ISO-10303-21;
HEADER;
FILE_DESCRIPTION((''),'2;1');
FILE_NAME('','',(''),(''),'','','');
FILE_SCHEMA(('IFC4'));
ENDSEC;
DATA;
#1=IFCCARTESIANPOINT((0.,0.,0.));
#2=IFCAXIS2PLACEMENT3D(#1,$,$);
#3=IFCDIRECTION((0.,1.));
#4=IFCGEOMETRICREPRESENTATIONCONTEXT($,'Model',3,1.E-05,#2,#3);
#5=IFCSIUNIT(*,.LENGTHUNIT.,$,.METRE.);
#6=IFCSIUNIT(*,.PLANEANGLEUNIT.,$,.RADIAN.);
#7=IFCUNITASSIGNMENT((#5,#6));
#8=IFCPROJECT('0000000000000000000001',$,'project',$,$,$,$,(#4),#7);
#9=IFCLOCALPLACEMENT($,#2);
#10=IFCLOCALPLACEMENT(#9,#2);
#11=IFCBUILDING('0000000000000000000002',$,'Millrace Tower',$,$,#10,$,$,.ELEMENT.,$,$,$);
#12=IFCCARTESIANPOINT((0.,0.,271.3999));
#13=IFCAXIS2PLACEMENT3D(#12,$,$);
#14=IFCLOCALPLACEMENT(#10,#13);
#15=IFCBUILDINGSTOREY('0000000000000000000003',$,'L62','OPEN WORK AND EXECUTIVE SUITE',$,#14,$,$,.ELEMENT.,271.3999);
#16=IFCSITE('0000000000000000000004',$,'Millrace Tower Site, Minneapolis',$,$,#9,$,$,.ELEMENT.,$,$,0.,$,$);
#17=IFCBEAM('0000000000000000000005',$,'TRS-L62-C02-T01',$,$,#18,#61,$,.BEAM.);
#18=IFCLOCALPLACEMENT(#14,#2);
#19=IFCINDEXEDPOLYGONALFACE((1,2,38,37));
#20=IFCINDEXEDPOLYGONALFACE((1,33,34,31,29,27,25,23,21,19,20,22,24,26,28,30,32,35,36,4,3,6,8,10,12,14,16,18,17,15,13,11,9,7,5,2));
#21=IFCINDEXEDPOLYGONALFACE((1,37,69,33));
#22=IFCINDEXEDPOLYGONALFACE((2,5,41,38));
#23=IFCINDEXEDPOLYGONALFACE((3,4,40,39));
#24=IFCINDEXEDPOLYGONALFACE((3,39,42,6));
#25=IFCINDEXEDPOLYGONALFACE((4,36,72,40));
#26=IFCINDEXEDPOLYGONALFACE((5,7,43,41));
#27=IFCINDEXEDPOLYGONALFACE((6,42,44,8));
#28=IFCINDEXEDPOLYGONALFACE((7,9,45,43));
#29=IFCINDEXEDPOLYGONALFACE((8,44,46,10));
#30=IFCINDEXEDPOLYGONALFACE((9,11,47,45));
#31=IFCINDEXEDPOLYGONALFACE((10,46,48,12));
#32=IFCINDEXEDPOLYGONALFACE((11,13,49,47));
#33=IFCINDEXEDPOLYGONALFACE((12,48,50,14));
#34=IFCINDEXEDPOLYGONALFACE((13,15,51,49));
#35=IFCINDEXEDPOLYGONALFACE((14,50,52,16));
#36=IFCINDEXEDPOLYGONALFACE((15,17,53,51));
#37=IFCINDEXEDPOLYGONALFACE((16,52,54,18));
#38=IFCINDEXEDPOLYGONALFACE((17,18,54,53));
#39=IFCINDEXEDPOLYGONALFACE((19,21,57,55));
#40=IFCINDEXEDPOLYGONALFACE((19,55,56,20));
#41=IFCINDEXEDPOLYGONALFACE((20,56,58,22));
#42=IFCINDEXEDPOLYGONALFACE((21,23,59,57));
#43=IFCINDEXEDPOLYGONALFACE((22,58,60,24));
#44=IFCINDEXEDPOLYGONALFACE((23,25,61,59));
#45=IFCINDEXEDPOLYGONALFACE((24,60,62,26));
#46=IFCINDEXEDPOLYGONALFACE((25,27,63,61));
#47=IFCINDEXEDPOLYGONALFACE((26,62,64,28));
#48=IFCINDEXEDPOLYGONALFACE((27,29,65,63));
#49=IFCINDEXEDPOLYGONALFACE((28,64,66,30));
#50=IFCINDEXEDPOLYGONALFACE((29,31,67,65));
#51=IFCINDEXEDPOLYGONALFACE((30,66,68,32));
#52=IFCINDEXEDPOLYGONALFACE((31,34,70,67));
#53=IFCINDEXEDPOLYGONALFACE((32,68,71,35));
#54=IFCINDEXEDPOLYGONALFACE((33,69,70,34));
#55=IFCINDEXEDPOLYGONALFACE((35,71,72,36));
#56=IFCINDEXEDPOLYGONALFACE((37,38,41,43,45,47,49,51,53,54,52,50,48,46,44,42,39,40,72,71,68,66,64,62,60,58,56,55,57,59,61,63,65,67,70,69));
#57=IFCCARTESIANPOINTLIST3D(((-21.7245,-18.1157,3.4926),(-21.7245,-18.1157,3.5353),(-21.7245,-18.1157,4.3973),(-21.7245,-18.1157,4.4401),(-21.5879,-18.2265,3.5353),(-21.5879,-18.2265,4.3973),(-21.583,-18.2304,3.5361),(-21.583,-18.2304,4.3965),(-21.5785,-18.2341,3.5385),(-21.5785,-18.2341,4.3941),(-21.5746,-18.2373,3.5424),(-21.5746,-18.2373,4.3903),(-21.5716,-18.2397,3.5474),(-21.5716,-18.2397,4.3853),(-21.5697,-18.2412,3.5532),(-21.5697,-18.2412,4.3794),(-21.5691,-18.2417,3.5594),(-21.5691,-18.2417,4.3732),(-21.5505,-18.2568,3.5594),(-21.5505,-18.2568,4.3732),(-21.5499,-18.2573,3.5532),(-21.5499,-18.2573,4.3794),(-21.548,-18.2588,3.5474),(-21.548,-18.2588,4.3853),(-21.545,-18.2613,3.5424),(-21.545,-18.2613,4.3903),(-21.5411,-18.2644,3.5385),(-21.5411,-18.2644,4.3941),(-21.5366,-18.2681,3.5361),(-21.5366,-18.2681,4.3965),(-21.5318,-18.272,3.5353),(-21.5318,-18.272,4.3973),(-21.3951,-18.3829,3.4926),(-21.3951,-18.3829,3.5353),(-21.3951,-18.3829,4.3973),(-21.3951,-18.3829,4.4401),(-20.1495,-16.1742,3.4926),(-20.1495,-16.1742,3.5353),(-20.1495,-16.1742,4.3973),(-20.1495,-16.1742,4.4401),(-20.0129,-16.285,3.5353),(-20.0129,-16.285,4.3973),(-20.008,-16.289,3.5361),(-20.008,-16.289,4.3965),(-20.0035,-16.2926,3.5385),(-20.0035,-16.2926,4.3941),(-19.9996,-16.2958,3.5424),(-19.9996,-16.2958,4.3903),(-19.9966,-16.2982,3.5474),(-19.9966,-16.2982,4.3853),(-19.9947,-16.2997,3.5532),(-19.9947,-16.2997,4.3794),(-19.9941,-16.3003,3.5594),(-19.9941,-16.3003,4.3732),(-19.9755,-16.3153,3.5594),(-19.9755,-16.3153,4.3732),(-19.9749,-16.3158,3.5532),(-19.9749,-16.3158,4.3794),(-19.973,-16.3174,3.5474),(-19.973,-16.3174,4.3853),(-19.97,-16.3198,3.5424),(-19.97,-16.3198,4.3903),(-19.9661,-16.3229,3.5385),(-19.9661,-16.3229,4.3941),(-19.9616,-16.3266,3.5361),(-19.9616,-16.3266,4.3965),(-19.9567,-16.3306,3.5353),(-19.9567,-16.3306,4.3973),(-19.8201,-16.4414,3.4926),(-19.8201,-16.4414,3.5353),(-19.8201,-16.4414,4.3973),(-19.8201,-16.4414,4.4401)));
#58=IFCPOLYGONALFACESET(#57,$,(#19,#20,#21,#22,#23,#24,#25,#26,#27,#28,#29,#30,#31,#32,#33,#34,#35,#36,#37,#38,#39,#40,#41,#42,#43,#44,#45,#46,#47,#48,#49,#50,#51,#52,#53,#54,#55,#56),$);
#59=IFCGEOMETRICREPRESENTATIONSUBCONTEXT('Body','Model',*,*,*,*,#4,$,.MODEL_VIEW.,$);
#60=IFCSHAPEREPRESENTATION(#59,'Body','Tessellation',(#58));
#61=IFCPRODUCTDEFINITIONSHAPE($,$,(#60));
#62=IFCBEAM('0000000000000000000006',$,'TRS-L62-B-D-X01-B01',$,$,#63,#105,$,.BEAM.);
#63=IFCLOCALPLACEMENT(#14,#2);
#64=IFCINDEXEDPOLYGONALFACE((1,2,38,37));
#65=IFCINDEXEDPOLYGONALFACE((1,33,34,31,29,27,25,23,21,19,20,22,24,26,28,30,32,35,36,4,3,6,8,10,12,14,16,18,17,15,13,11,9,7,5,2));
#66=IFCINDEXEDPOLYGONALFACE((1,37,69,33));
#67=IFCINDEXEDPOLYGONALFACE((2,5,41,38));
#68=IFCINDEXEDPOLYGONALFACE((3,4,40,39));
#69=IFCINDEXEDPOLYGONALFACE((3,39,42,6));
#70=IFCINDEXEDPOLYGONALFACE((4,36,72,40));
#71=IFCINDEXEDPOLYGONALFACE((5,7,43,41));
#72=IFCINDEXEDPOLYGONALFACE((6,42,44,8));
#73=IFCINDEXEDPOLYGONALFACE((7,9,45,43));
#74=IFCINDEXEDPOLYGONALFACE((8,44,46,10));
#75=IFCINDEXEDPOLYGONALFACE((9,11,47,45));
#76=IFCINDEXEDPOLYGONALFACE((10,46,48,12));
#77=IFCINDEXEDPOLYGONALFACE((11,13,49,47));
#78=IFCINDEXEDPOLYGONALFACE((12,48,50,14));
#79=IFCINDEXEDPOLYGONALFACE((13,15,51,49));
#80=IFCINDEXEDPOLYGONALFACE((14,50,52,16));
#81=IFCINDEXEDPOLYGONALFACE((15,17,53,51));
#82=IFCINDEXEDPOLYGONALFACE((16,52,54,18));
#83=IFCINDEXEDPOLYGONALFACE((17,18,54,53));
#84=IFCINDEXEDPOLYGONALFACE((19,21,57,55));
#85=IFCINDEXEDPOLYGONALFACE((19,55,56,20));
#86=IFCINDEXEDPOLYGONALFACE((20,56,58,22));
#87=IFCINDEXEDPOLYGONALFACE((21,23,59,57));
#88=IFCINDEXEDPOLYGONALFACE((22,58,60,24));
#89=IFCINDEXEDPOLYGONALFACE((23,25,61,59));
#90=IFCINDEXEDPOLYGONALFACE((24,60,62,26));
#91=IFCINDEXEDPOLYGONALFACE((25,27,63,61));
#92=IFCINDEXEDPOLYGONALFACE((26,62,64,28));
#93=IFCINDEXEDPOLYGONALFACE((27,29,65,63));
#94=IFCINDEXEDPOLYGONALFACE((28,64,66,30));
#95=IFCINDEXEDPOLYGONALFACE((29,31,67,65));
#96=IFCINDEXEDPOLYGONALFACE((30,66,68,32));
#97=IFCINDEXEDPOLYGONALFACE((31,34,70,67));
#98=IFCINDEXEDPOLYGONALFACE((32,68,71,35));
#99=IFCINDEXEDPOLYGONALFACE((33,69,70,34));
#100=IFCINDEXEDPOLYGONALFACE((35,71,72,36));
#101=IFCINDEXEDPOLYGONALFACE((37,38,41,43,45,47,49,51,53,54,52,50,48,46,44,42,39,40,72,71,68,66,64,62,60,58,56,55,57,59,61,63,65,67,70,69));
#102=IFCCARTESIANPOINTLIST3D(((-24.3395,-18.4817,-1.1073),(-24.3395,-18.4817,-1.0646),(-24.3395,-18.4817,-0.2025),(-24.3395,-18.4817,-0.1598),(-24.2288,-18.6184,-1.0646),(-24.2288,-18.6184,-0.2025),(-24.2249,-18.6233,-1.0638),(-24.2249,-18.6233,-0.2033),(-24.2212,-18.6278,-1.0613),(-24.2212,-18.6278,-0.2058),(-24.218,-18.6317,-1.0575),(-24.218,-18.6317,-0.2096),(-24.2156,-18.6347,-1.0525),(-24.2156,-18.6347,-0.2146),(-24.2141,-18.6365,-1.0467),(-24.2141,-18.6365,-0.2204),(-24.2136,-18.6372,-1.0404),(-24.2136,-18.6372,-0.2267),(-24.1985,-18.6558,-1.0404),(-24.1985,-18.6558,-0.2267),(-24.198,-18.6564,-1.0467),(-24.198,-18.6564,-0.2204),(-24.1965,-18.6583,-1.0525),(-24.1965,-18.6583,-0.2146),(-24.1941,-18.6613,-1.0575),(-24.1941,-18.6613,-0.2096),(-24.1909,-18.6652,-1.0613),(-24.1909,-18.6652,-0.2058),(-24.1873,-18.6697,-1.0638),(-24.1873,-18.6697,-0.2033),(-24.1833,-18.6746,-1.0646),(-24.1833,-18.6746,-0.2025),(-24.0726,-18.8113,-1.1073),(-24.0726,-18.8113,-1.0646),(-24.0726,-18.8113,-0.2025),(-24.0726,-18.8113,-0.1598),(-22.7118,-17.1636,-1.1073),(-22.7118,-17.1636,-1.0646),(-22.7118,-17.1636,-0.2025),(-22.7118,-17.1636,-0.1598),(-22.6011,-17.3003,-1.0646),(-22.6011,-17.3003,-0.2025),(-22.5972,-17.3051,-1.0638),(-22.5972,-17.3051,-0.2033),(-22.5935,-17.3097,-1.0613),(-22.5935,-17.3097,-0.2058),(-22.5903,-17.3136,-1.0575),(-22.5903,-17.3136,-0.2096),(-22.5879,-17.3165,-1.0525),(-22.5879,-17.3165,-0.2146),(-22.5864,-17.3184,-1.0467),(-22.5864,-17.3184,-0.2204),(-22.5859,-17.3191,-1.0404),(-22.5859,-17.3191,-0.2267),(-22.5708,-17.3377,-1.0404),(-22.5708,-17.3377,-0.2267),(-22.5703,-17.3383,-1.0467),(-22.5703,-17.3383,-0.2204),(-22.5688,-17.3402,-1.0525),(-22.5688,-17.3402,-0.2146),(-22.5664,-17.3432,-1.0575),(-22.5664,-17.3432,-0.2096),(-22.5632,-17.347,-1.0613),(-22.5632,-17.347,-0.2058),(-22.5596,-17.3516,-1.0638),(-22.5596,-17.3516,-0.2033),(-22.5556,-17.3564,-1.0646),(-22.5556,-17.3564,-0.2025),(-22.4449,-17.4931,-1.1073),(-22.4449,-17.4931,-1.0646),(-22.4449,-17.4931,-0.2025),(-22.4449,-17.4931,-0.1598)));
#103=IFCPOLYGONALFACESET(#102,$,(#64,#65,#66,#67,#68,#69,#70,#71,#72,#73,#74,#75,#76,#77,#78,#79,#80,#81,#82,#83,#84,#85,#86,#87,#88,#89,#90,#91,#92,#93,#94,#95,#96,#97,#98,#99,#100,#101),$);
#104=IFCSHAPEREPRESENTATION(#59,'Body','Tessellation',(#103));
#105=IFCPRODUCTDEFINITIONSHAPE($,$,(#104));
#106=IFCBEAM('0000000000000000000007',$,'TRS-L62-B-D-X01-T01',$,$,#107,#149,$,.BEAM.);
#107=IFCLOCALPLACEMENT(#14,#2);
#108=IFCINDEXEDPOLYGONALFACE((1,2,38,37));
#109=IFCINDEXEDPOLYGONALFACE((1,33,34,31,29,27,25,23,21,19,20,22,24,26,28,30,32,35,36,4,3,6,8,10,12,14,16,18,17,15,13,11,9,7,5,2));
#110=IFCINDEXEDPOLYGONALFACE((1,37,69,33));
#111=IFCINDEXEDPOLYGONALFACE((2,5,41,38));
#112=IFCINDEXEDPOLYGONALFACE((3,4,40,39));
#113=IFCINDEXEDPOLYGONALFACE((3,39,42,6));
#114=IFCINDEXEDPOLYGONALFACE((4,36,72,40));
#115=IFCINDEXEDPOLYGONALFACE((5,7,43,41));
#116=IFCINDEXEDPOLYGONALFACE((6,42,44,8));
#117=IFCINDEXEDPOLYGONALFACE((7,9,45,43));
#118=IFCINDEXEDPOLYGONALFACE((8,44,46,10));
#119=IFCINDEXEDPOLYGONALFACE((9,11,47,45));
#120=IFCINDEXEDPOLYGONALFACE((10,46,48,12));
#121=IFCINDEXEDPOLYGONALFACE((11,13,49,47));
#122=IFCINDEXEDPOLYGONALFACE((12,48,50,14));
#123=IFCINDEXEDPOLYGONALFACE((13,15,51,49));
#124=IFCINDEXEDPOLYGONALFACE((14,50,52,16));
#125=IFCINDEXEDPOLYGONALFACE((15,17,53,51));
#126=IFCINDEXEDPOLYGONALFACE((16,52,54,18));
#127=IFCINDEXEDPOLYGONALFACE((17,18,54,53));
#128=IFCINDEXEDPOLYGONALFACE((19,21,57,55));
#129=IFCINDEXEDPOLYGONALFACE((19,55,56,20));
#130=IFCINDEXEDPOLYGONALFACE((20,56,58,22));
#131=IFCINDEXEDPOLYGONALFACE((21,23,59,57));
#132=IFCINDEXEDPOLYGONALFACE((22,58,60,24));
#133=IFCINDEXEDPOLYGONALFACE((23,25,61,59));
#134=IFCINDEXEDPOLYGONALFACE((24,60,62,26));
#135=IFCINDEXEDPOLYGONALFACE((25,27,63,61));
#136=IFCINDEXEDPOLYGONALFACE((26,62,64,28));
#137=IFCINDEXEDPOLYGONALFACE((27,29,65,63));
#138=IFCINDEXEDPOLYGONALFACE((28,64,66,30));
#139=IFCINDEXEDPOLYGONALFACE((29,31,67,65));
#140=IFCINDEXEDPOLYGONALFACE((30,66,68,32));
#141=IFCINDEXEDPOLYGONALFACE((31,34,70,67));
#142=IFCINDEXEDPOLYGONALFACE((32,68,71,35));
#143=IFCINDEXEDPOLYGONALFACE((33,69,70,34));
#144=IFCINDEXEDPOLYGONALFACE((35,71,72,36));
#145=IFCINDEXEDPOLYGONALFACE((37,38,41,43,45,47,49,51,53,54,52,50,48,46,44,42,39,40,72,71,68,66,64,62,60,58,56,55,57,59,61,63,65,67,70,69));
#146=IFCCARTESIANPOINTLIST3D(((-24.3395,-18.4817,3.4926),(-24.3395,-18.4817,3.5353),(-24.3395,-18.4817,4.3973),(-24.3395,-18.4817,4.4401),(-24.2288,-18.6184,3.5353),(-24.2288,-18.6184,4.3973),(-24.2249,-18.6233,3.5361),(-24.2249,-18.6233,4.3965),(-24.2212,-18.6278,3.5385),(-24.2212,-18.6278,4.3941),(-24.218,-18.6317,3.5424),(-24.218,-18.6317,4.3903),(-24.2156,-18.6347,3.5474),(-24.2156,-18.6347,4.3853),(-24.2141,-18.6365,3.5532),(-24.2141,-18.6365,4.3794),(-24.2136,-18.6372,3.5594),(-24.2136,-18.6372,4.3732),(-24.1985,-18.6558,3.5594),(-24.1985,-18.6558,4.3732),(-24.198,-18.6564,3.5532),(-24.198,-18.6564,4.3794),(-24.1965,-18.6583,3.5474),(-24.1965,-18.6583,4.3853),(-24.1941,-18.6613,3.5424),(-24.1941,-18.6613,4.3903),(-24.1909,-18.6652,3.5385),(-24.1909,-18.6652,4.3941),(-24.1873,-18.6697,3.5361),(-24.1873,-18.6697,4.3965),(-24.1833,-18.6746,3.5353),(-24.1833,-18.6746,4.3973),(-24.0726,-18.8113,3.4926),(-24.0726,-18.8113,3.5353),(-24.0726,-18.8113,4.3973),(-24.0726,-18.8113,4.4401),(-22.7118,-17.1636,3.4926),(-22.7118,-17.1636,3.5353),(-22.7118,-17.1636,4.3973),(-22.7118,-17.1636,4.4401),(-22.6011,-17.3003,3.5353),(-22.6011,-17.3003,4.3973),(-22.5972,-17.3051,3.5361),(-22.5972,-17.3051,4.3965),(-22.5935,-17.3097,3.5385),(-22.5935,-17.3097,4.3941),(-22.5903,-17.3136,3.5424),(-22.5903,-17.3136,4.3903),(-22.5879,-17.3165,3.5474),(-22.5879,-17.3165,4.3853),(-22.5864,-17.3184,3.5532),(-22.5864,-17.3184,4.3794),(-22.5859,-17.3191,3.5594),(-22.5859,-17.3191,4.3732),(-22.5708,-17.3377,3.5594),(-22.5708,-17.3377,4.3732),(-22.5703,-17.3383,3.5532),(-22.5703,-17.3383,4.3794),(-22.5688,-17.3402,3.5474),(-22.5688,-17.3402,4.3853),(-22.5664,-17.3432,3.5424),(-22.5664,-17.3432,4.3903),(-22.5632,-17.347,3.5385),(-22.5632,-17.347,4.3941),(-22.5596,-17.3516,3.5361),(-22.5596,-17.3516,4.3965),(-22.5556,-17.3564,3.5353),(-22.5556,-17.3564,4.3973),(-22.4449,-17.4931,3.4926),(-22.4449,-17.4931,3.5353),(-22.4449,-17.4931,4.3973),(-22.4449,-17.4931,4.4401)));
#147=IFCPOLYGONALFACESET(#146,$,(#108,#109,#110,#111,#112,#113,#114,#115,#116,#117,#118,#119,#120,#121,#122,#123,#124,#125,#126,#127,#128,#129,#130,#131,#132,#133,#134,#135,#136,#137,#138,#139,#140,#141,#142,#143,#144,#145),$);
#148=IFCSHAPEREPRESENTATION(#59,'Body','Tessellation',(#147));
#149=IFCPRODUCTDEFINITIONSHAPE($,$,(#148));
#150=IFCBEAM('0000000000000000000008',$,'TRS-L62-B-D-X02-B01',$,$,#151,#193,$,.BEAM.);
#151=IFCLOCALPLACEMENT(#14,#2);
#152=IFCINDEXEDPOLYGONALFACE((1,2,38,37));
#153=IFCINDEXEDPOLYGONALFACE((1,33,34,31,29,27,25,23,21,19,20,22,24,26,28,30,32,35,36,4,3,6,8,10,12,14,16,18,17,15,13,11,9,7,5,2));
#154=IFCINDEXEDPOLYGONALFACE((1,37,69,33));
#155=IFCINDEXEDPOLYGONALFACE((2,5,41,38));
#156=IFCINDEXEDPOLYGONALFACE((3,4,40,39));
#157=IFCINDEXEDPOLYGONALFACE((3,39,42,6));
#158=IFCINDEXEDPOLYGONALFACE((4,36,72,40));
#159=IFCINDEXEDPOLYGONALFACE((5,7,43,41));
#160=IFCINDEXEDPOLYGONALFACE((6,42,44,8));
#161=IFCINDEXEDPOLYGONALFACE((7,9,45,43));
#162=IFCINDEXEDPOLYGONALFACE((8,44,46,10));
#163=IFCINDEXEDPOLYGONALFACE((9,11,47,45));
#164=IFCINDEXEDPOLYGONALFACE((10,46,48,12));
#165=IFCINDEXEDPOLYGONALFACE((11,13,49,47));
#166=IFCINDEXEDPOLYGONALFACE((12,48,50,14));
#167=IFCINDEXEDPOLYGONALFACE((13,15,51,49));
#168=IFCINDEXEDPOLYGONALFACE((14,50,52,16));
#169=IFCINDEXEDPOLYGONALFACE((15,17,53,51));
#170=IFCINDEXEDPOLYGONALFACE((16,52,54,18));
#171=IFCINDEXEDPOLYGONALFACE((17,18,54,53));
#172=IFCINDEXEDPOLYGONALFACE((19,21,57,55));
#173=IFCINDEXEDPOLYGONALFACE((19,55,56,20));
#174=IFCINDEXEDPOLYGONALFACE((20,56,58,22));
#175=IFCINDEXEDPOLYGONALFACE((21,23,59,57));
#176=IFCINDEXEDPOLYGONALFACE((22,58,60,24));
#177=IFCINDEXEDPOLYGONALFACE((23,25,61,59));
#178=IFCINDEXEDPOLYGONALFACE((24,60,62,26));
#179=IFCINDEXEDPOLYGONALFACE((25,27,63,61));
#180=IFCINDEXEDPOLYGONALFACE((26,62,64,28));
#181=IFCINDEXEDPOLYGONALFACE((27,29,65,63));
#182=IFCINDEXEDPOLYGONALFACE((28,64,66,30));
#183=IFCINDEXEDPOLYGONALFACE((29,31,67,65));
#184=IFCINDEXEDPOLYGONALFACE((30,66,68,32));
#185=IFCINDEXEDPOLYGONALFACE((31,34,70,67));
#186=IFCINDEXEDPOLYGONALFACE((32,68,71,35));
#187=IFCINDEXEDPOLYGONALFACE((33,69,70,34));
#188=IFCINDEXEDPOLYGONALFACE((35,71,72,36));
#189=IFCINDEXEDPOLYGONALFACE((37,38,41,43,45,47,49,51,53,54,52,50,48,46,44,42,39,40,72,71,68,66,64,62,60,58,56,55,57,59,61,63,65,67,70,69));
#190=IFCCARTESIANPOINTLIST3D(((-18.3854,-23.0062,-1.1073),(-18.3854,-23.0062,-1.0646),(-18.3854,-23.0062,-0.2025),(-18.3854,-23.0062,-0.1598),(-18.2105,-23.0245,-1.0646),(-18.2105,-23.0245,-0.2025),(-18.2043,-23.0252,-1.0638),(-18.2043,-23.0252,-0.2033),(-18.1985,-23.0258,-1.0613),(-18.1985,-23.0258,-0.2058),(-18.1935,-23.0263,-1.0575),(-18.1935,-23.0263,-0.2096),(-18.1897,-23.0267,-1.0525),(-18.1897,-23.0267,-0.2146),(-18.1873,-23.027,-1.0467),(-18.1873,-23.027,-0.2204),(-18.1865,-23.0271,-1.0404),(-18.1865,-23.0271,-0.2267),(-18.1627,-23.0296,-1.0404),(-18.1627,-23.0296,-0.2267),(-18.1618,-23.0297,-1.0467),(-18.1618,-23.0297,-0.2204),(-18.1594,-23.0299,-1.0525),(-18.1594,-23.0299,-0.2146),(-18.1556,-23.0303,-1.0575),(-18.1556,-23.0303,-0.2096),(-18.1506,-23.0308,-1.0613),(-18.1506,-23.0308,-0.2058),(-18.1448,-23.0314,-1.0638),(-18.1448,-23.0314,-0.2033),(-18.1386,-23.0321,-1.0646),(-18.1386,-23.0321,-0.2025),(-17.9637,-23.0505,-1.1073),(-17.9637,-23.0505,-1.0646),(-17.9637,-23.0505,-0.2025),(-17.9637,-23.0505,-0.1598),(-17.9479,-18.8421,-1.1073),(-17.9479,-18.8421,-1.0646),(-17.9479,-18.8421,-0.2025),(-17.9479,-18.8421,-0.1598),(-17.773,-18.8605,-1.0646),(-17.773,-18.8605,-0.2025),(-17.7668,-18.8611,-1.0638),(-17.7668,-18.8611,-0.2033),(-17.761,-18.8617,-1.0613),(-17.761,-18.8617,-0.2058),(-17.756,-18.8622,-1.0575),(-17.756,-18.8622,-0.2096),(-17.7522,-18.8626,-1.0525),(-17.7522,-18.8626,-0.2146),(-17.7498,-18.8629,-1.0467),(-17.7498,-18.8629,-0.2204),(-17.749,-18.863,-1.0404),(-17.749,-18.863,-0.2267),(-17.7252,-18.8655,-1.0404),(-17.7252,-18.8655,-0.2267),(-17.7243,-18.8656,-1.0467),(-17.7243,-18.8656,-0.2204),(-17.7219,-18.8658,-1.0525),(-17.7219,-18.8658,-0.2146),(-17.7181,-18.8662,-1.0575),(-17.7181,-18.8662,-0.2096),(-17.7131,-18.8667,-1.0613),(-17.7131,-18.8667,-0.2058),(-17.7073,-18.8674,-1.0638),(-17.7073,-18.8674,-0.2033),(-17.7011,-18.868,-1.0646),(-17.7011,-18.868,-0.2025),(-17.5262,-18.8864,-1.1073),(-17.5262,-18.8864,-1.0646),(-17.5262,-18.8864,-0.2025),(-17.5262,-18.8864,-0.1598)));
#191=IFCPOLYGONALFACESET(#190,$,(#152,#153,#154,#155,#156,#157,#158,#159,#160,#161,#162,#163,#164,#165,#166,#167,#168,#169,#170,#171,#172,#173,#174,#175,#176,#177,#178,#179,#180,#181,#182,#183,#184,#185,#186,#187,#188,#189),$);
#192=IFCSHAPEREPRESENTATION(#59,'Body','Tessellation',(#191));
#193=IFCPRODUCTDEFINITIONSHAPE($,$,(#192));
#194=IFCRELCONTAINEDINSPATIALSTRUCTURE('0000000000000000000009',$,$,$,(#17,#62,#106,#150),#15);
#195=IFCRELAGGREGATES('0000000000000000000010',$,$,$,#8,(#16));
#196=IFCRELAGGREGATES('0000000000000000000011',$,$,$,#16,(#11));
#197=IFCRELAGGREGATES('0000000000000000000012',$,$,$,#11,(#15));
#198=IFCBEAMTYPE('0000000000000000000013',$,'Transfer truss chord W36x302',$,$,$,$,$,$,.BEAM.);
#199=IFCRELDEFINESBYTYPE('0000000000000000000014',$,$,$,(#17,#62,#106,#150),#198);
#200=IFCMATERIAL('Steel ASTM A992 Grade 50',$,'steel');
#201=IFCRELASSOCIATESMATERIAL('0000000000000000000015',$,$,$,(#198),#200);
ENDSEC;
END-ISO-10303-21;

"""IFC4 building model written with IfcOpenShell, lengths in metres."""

from ifc_helpers import new_model, si_unit, direction, frame, origin, origin_2d, place, context, subcontext, project, spatial, i_section, extrude, material, material_profile, profile_set, type_object, element, save


model = new_model("IFC4")

# Units and contexts
model_context = context("Model", 3, precision=1e-05, world=origin(), true_north=direction((0.0, 1.0)))
body_context = subcontext(model_context, "Body", "Model", "MODEL_VIEW")
ifc_project = project(units=[si_unit("LENGTHUNIT", "METRE"), si_unit("PLANEANGLEUNIT", "RADIAN")], contexts=[model_context])

# Site, building, storey
site_placement = place(None, origin())
site = spatial("IfcSite", under=ifc_project, at=site_placement, Name="Millrace Tower Site, Minneapolis", CompositionType="ELEMENT", RefElevation=0.0)
building_placement = place(site_placement, origin())
building = spatial("IfcBuilding", under=site, at=building_placement, Name="Millrace Tower", CompositionType="ELEMENT")
storey_placement = place(building_placement, frame((0.0, 0.0, 271.3999)))
storey = spatial("IfcBuildingStorey", under=building, at=storey_placement, Name="L62", Description="OPEN WORK AND EXECUTIVE SUITE", CompositionType="ELEMENT", Elevation=271.3999)

# Beams
ifc_material_1 = material(Name="Steel ASTM A992 Grade 50", Category="steel")
ifc_material_profile_1 = material_profile(ifc_material_1, i_section(OverallWidth=0.4241, OverallDepth=0.9475, WebThickness=0.0239, FlangeThickness=0.0427, FilletRadius=0.0242, at=origin_2d()))
ifc_profile_set_1 = profile_set([ifc_material_profile_1], Name="Steel ASTM A992 Grade 50")
beam_type = type_object("IfcBeamType", Name="Transfer truss chord W36x302", PredefinedType="BEAM", material=ifc_profile_set_1)
for number, where, z_axis, x_axis, name in (
    (1, (-21.5598, -18.2493, 3.9663), (0.630004, 0.776592, 0.0), (-0.776592, 0.630004, 0.0), "TRS-L62-C02-T01"),
):
    element("IfcBeam", number, at=place(storey_placement, frame(where, z_axis=z_axis, x_axis=x_axis)), inside=storey, type_object=beam_type, Name=name, PredefinedType="BEAM", context=body_context, shape_type="SweptSolid", body=[
        extrude(i_section(OverallWidth=0.4241, OverallDepth=0.9475, WebThickness=0.0239, FlangeThickness=0.0427, FilletRadius=0.0242, at=origin_2d()), origin(), (0.0, 0.0, 1.0), 2.5),
    ])
for number, where, z_axis, x_axis, name in (
    (2, (-24.2061, -18.6465, -0.6335), (0.777136, 0.629332, 0.0), (-0.629332, 0.777136, 0.0), "TRS-L62-B-D-X01-B01"),
    (3, (-24.2061, -18.6465, 3.9663), (0.777136, 0.629332, 0.0), (-0.629332, 0.777136, 0.0), "TRS-L62-B-D-X01-T01"),
):
    element("IfcBeam", number, at=place(storey_placement, frame(where, z_axis=z_axis, x_axis=x_axis)), inside=storey, type_object=beam_type, Name=name, PredefinedType="BEAM", context=body_context, shape_type="SweptSolid", body=[
        extrude(i_section(OverallWidth=0.4241, OverallDepth=0.9475, WebThickness=0.0239, FlangeThickness=0.0427, FilletRadius=0.0242, at=origin_2d()), origin(), (0.0, 0.0, 1.0), 2.0945),
    ])
for number, where, z_axis, x_axis, name in (
    (4, (-18.1746, -23.0283, -0.6335), (0.104491, 0.994526, 0.0), (-0.994526, 0.104491, 0.0), "TRS-L62-B-D-X02-B01"),
):
    element("IfcBeam", number, at=place(storey_placement, frame(where, z_axis=z_axis, x_axis=x_axis)), inside=storey, type_object=beam_type, Name=name, PredefinedType="BEAM", context=body_context, shape_type="SweptSolid", body=[
        extrude(i_section(OverallWidth=0.4241, OverallDepth=0.9475, WebThickness=0.0239, FlangeThickness=0.0427, FilletRadius=0.0242, at=origin_2d()), origin(), (0.0, 0.0, 1.0), 4.187),
    ])

save(model, "model.ifc")
